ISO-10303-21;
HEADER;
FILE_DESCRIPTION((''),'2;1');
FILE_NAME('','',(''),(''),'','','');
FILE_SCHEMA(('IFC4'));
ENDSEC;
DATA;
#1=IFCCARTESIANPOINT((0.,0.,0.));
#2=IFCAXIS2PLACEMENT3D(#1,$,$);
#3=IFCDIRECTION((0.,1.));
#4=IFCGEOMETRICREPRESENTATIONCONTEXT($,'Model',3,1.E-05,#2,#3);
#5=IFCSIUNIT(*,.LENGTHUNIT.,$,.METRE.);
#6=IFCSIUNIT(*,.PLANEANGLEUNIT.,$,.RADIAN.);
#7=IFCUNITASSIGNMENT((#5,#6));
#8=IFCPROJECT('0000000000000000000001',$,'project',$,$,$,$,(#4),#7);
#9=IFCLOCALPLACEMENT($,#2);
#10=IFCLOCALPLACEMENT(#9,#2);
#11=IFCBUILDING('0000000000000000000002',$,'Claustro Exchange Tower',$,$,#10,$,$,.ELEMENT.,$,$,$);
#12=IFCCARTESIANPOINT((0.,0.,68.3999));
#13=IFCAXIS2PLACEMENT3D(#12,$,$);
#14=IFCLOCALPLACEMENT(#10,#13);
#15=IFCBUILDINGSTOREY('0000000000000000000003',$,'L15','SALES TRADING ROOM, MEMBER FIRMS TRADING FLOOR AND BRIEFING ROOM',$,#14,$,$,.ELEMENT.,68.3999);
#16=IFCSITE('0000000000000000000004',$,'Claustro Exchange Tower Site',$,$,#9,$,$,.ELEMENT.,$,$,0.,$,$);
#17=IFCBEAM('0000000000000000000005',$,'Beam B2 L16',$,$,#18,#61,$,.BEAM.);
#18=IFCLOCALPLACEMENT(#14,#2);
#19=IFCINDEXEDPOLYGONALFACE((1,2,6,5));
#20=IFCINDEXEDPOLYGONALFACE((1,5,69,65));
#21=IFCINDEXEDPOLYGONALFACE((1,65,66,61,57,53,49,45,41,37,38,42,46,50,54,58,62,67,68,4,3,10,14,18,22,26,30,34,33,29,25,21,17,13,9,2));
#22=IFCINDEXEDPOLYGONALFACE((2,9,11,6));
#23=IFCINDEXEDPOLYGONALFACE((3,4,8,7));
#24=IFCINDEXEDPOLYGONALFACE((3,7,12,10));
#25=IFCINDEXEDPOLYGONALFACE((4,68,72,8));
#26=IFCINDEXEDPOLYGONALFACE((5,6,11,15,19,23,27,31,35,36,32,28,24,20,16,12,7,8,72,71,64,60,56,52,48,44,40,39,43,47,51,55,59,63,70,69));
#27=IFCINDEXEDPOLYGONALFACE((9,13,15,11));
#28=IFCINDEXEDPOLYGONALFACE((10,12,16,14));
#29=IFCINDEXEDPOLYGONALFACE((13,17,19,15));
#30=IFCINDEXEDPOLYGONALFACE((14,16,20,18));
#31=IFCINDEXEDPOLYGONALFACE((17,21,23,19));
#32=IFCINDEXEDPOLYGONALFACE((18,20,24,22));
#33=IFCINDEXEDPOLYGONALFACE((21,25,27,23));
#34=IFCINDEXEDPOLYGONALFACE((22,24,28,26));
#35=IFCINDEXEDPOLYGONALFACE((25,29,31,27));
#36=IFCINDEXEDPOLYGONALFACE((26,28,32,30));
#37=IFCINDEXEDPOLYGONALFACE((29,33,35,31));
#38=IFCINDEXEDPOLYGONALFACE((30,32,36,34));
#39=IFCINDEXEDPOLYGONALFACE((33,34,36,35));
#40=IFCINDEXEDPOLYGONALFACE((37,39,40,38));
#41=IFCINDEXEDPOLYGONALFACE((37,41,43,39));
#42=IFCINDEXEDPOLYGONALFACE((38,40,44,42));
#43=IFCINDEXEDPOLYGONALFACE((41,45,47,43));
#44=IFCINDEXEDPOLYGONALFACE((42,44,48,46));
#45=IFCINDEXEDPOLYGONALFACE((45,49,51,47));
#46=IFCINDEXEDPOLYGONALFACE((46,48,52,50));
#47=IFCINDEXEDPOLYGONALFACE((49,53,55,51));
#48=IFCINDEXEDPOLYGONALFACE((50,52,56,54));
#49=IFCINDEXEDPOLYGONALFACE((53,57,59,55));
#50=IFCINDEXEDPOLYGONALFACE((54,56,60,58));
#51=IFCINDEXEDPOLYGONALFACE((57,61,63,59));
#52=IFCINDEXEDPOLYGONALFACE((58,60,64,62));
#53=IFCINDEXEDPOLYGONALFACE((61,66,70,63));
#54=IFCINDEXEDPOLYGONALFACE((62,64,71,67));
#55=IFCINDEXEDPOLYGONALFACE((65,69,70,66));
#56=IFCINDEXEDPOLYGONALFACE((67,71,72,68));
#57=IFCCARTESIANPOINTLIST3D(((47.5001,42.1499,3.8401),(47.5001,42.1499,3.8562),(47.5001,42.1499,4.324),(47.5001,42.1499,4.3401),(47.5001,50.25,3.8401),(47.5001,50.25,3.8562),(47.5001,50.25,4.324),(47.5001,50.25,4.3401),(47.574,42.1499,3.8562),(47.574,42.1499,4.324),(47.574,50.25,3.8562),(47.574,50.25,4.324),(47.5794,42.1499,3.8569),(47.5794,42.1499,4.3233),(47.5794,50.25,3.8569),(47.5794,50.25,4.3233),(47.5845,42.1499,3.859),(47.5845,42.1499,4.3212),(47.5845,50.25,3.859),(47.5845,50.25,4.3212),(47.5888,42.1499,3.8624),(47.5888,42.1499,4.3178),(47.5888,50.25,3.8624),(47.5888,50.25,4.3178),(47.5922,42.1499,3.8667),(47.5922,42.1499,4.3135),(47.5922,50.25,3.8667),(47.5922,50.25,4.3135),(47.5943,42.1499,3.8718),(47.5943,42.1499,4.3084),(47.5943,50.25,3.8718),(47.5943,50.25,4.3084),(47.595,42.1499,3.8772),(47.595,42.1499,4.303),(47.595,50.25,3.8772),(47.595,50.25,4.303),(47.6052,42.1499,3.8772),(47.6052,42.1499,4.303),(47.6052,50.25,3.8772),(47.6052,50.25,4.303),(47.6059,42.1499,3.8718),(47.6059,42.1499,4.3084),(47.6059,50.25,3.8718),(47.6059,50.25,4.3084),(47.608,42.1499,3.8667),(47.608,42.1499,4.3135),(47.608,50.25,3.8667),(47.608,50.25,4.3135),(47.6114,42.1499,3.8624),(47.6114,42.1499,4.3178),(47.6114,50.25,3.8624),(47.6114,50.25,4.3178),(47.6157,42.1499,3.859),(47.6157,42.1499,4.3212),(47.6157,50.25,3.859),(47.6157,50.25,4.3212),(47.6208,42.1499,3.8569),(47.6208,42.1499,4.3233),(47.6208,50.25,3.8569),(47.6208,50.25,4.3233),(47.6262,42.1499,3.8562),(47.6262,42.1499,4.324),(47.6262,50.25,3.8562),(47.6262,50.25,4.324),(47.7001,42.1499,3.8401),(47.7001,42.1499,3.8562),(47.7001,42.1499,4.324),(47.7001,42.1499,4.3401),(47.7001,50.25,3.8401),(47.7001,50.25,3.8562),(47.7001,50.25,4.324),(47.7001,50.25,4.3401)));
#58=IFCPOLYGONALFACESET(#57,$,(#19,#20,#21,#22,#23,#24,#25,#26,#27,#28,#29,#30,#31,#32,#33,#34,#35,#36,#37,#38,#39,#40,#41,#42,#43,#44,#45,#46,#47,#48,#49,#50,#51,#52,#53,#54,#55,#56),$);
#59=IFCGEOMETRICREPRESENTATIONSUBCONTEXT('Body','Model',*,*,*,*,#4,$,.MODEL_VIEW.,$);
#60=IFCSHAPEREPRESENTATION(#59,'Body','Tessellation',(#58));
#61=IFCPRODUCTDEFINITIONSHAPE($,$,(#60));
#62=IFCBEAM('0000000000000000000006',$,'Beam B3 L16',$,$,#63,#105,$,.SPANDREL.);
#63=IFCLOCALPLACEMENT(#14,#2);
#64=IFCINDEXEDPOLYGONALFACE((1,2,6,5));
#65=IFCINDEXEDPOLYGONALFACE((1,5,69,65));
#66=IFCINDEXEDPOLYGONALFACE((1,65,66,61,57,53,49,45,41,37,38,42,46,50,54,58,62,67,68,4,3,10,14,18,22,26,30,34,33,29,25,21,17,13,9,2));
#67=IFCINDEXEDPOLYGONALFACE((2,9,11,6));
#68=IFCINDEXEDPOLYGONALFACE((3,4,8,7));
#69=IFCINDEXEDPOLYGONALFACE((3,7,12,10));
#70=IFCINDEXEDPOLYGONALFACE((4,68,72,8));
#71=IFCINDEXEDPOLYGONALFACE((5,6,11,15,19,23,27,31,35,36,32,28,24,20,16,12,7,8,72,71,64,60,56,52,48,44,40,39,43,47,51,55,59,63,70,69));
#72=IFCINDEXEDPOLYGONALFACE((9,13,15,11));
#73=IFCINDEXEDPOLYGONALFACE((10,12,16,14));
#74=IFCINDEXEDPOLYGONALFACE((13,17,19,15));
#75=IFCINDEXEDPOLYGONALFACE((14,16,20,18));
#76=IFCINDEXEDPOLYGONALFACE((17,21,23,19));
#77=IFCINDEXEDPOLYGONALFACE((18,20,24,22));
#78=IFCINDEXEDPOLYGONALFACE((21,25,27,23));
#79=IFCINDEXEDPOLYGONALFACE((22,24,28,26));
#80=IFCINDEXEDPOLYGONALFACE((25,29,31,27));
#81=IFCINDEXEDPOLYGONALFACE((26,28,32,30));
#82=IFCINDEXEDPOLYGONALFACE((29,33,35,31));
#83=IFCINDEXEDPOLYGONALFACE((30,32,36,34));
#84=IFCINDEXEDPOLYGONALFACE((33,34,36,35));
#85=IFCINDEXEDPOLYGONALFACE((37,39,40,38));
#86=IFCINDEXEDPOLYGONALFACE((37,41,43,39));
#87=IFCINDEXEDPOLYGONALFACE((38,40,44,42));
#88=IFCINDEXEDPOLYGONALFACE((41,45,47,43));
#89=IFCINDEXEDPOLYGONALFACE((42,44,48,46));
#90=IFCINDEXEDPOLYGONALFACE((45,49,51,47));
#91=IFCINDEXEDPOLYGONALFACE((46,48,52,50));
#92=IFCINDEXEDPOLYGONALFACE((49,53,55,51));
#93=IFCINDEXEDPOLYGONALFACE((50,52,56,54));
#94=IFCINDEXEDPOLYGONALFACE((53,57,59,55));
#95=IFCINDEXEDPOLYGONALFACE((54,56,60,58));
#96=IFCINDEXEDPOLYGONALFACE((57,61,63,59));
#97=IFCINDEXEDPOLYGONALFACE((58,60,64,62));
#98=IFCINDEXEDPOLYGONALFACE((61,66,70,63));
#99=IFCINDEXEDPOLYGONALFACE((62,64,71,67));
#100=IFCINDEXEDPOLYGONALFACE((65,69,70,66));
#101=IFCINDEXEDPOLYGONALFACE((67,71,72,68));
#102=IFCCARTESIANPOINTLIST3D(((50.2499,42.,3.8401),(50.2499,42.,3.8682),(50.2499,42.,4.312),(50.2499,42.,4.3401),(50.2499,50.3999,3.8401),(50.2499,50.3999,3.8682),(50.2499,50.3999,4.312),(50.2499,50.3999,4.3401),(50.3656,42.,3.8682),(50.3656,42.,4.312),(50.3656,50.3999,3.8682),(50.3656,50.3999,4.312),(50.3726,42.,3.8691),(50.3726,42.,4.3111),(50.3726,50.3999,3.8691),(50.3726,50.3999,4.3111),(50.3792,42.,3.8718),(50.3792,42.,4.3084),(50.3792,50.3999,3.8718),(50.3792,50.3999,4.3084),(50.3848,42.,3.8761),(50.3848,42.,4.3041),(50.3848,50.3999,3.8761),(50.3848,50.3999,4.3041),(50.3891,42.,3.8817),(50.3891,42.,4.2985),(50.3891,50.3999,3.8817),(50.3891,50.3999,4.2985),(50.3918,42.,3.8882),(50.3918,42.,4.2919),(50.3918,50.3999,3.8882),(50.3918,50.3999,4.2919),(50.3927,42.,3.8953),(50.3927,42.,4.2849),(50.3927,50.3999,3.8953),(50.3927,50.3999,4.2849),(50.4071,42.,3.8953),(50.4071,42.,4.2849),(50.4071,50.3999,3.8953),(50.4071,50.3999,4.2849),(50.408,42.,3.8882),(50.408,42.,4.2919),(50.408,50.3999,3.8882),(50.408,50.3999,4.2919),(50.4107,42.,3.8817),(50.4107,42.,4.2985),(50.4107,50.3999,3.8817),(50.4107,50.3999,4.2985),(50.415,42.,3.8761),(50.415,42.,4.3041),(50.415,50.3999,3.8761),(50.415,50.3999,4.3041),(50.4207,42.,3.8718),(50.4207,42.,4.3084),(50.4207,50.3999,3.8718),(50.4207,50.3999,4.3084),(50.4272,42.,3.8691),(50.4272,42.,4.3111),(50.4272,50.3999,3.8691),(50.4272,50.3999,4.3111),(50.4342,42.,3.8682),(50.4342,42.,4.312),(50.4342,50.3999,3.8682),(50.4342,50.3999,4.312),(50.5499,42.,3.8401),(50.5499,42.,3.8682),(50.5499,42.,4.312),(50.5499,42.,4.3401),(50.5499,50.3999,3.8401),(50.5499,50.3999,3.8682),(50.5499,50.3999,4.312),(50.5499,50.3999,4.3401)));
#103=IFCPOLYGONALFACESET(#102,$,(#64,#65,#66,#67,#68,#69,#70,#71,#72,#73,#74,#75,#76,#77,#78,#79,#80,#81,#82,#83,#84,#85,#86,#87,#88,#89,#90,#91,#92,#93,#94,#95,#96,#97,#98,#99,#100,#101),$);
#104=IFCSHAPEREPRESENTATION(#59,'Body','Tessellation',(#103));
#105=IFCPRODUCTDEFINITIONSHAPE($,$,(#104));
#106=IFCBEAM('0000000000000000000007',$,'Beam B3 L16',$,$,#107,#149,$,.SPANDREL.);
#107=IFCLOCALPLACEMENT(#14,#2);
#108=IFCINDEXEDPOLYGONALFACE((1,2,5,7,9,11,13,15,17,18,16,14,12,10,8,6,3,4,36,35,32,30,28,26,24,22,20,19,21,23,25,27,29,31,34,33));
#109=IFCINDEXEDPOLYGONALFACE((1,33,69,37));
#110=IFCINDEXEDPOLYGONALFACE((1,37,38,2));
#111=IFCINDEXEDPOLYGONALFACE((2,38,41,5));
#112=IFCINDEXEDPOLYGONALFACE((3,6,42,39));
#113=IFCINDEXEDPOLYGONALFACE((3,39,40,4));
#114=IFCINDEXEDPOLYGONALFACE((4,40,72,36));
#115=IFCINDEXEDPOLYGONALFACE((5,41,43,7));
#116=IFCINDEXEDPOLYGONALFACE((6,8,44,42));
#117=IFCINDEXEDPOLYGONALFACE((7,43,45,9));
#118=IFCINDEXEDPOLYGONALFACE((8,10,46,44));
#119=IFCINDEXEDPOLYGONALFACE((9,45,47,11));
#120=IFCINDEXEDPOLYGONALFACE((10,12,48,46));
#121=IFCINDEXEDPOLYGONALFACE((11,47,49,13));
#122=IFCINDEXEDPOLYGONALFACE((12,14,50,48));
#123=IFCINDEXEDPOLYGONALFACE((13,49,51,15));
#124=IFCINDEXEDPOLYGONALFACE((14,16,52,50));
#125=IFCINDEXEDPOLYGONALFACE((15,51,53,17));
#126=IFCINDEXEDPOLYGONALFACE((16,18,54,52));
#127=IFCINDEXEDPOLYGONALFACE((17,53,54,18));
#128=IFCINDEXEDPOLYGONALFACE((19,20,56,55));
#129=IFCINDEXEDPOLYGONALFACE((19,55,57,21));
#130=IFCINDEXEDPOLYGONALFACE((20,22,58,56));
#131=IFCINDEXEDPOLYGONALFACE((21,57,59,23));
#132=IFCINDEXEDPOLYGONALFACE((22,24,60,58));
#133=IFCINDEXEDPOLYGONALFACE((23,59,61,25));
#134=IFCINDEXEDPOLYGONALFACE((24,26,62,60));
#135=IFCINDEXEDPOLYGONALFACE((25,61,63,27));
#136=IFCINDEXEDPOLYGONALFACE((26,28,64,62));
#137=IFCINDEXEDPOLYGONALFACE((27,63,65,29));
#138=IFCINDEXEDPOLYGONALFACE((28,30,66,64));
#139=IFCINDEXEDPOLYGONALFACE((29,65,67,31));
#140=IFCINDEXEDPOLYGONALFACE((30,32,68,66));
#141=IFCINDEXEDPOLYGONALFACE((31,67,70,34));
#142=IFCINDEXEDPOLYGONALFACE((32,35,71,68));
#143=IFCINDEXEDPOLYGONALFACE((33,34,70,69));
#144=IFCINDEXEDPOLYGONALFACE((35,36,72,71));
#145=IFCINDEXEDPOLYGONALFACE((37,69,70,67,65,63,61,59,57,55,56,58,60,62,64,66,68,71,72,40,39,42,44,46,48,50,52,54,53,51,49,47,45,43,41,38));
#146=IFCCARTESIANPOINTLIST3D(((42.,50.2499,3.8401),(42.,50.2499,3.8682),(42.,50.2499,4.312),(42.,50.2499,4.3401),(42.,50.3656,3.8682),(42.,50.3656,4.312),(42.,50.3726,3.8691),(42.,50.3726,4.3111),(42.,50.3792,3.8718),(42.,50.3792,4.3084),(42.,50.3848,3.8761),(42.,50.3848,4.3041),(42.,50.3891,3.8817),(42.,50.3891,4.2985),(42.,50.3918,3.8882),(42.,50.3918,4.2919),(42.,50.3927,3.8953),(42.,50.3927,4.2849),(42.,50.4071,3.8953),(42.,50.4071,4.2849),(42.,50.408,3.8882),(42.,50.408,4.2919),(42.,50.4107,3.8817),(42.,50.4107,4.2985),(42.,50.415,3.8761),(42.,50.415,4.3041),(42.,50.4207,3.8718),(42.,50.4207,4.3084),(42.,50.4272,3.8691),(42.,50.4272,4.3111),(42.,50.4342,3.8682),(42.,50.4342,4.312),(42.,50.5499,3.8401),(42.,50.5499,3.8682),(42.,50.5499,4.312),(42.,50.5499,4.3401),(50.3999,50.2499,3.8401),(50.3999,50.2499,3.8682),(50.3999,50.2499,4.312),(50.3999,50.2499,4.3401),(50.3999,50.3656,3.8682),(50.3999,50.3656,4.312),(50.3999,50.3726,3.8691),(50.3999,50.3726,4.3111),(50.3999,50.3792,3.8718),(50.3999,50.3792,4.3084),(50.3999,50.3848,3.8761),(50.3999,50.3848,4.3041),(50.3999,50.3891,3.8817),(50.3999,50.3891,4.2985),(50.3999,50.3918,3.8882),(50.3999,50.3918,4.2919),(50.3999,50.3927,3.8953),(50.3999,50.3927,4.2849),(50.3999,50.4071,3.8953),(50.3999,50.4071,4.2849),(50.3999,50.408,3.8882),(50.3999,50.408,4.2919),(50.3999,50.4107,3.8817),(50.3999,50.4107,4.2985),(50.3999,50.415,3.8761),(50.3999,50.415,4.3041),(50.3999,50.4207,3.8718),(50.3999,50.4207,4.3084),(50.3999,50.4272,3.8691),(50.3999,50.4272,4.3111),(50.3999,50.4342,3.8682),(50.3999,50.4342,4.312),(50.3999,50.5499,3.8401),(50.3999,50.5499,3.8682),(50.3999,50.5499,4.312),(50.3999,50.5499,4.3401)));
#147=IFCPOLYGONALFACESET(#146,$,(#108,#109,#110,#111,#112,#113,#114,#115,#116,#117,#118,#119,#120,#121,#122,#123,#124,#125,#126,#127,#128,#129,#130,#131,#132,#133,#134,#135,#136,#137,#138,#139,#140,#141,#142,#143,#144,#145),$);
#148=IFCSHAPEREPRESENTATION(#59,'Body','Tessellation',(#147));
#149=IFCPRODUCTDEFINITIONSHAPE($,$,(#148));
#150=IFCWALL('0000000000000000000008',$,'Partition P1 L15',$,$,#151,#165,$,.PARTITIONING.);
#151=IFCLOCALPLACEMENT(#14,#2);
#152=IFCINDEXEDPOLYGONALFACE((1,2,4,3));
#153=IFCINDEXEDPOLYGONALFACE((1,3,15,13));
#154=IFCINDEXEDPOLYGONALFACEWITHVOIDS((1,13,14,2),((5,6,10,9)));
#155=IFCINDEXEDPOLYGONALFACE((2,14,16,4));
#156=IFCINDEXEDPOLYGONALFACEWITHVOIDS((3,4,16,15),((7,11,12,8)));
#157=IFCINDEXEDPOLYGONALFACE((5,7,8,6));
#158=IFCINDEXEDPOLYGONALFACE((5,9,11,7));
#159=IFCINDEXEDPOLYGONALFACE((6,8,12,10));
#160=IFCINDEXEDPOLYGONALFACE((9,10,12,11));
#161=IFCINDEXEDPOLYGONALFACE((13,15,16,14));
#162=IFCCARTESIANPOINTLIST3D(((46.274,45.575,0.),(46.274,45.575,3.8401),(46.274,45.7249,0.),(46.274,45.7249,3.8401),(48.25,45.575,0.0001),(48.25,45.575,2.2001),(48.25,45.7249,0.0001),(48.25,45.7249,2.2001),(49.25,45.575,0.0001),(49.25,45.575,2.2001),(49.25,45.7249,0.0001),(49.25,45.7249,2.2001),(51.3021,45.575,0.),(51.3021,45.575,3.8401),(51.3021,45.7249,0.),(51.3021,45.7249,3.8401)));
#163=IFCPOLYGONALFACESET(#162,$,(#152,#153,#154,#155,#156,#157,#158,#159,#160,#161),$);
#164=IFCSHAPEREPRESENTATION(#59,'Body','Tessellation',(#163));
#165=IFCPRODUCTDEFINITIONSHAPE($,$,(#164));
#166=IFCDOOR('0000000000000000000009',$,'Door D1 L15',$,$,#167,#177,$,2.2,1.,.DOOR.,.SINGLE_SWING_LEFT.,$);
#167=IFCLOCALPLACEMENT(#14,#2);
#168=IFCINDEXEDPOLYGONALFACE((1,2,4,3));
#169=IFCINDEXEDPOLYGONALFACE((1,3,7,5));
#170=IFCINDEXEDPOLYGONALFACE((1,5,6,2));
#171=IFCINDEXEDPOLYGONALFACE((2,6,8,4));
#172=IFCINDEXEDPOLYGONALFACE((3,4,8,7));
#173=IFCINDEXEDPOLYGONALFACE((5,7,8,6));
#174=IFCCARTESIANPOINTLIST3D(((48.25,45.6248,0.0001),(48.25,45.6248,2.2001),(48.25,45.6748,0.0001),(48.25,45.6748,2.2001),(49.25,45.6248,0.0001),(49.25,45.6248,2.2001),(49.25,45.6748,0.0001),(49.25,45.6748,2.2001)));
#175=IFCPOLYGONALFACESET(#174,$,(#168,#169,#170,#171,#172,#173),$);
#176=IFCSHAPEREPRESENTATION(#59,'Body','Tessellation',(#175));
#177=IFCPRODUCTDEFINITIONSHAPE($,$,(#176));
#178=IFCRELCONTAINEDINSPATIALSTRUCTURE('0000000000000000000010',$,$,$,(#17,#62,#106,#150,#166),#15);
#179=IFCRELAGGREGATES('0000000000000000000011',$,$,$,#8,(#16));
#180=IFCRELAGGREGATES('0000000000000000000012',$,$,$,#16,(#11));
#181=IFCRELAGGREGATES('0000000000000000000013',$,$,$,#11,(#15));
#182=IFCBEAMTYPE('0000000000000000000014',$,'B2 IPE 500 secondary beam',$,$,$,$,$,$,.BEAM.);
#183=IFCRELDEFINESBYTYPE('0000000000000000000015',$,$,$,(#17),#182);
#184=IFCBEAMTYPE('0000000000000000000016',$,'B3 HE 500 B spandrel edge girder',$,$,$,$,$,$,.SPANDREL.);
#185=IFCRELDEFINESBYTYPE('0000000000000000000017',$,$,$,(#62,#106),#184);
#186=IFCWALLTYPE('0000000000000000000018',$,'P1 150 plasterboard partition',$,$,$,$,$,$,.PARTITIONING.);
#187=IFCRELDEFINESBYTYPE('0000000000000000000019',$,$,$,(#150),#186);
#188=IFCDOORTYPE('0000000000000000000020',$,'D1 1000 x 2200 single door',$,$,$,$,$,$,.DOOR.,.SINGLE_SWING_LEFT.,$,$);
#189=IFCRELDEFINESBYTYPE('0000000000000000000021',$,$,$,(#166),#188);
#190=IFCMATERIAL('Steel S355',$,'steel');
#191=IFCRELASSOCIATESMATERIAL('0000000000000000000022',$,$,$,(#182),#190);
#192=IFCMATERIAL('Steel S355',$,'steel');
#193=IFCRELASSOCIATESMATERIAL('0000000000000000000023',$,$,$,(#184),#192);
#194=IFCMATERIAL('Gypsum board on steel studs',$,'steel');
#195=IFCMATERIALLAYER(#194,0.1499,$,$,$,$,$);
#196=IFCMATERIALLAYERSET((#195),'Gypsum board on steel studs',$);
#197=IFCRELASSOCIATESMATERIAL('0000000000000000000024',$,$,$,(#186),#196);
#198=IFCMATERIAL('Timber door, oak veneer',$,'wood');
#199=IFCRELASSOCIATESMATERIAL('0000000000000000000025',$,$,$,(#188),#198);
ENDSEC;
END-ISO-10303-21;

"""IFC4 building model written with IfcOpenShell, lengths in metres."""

from ifc_helpers import new_model, si_unit, direction, frame, frame_2d, origin, origin_2d, place, context, subcontext, project, spatial, rectangle, i_section, extrude, material, layer, layer_set, material_profile, profile_set, type_object, element, fill, save


model = new_model("IFC4")

# Units and contexts
model_context = context("Model", 3, precision=1e-05, world=origin(), true_north=direction((0.0, 1.0)))
body_context = subcontext(model_context, "Body", "Model", "MODEL_VIEW")
ifc_project = project(units=[si_unit("LENGTHUNIT", "METRE"), si_unit("PLANEANGLEUNIT", "RADIAN")], contexts=[model_context])

# Site, building, storey
site_placement = place(None, origin())
site = spatial("IfcSite", under=ifc_project, at=site_placement, Name="Claustro Exchange Tower Site", CompositionType="ELEMENT", RefElevation=0.0)
building_placement = place(site_placement, origin())
building = spatial("IfcBuilding", under=site, at=building_placement, Name="Claustro Exchange Tower", CompositionType="ELEMENT")
storey_placement = place(building_placement, frame((0.0, 0.0, 68.3999)))
storey = spatial("IfcBuildingStorey", under=building, at=storey_placement, Name="L15", Description="SALES TRADING ROOM, MEMBER FIRMS TRADING FLOOR AND BRIEFING ROOM", CompositionType="ELEMENT", Elevation=68.3999)

# Beams
ifc_material_1 = material(Name="Steel S355", Category="steel")
ifc_material_profile_1 = material_profile(ifc_material_1, i_section(OverallWidth=0.2, OverallDepth=0.5, WebThickness=0.0103, FlangeThickness=0.0161, FilletRadius=0.021, at=origin_2d()), Name="IPE 500")
ifc_profile_set_1 = profile_set([ifc_material_profile_1], Name="Steel S355")
beam_type_1 = type_object("IfcBeamType", Name="B2 IPE 500 secondary beam", PredefinedType="BEAM", material=ifc_profile_set_1)
for number, where, z_axis, x_axis, name in (
    (1, (47.6001, 42.1499, 4.0901), (0.0, 1.0, 0.0), (-1.0, 0.0, 0.0), "Beam B2 L16"),
):
    element("IfcBeam", number, at=place(storey_placement, frame(where, z_axis=z_axis, x_axis=x_axis)), inside=storey, type_object=beam_type_1, Name=name, PredefinedType="BEAM", context=body_context, shape_type="SweptSolid", body=[
        extrude(i_section(OverallWidth=0.2, OverallDepth=0.5, WebThickness=0.0103, FlangeThickness=0.0161, FilletRadius=0.021, at=origin_2d()), origin(), (0.0, 0.0, 1.0), 8.1001),
    ])
ifc_material_2 = material(Name="Steel S355", Category="steel")
ifc_material_profile_2 = material_profile(ifc_material_2, i_section(OverallWidth=0.3, OverallDepth=0.5, WebThickness=0.0144, FlangeThickness=0.0281, FilletRadius=0.0271, at=origin_2d()), Name="HE 500 B")
ifc_profile_set_2 = profile_set([ifc_material_profile_2], Name="Steel S355")
beam_type_2 = type_object("IfcBeamType", Name="B3 HE 500 B spandrel edge girder", PredefinedType="SPANDREL", material=ifc_profile_set_2)
for number, where, z_axis, x_axis, name in (
    (2, (50.3999, 42.0, 4.0901), (0.0, 1.0, 0.0), (-1.0, 0.0, 0.0), "Beam B3 L16"),
    (3, (42.0, 50.3999, 4.0901), (1.0, 0.0, 0.0), (0.0, 1.0, 0.0), "Beam B3 L16"),
):
    element("IfcBeam", number, at=place(storey_placement, frame(where, z_axis=z_axis, x_axis=x_axis)), inside=storey, type_object=beam_type_2, Name=name, PredefinedType="SPANDREL", context=body_context, shape_type="SweptSolid", body=[
        extrude(i_section(OverallWidth=0.3, OverallDepth=0.5, WebThickness=0.0144, FlangeThickness=0.0281, FilletRadius=0.0271, at=origin_2d()), origin(), (0.0, 0.0, 1.0), 8.3999),
    ])

# Wall, opening, door
ifc_material_3 = material(Name="Gypsum board on steel studs", Category="steel")
ifc_layer_1 = layer(ifc_material_3, 0.1499)
ifc_layer_set_1 = layer_set([ifc_layer_1], Name="Gypsum board on steel studs")
wall_type_1 = type_object("IfcWallType", Name="P1 150 plasterboard partition", PredefinedType="PARTITIONING", material=ifc_layer_set_1)
wall_1_placement = place(storey_placement, frame((46.2739, 45.6499, 0.0), z_axis=(0.0, 0.0, 1.0), x_axis=(1.0, 0.0, 0.0)))
wall_1 = element("IfcWall", 4, at=wall_1_placement, inside=storey, type_object=wall_type_1, Name="Partition P1 L15", PredefinedType="PARTITIONING", context=body_context, shape_type="SweptSolid", body=[
    extrude(rectangle(XDim=5.0281, YDim=0.1499, at=frame_2d((2.5142, 0.0))), origin(), (0.0, 0.0, 1.0), 3.8401),
])
opening_1_placement = place(wall_1_placement, frame((1.9761, 0.0, 0.0)))
opening_1 = element("IfcOpeningElement", 5, at=opening_1_placement, cuts=wall_1, PredefinedType="OPENING", context=body_context, shape_type="SweptSolid", body=[
    extrude(rectangle(XDim=1.0, YDim=2.2, at=frame_2d((0.5, 1.1001))), frame((0.0, 0.085, 0.0), z_axis=(0.0, -1.0, 0.0), x_axis=(1.0, 0.0, 0.0)), (0.0, 0.0, 1.0), 0.1699),
])
ifc_material_4 = material(Name="Timber door, oak veneer", Category="wood")
door_type = type_object("IfcDoorType", Name="D1 1000 x 2200 single door", OperationType="SINGLE_SWING_LEFT", PredefinedType="DOOR", material=ifc_material_4)
door_1_placement = place(opening_1_placement, origin())
door_1 = element("IfcDoor", 6, at=door_1_placement, inside=storey, type_object=door_type, Name="Door D1 L15", OperationType="SINGLE_SWING_LEFT", OverallHeight=2.2, OverallWidth=1.0, PredefinedType="DOOR", context=body_context, shape_type="SweptSolid", body=[
    extrude(rectangle(XDim=1.0, YDim=2.2, at=frame_2d((0.5, 1.1001))), frame((0.0, 0.0249, 0.0), z_axis=(0.0, -1.0, 0.0), x_axis=(1.0, 0.0, 0.0)), (0.0, 0.0, 1.0), 0.05),
])
fill(opening_1, door_1)

save(model, "model.ifc")
